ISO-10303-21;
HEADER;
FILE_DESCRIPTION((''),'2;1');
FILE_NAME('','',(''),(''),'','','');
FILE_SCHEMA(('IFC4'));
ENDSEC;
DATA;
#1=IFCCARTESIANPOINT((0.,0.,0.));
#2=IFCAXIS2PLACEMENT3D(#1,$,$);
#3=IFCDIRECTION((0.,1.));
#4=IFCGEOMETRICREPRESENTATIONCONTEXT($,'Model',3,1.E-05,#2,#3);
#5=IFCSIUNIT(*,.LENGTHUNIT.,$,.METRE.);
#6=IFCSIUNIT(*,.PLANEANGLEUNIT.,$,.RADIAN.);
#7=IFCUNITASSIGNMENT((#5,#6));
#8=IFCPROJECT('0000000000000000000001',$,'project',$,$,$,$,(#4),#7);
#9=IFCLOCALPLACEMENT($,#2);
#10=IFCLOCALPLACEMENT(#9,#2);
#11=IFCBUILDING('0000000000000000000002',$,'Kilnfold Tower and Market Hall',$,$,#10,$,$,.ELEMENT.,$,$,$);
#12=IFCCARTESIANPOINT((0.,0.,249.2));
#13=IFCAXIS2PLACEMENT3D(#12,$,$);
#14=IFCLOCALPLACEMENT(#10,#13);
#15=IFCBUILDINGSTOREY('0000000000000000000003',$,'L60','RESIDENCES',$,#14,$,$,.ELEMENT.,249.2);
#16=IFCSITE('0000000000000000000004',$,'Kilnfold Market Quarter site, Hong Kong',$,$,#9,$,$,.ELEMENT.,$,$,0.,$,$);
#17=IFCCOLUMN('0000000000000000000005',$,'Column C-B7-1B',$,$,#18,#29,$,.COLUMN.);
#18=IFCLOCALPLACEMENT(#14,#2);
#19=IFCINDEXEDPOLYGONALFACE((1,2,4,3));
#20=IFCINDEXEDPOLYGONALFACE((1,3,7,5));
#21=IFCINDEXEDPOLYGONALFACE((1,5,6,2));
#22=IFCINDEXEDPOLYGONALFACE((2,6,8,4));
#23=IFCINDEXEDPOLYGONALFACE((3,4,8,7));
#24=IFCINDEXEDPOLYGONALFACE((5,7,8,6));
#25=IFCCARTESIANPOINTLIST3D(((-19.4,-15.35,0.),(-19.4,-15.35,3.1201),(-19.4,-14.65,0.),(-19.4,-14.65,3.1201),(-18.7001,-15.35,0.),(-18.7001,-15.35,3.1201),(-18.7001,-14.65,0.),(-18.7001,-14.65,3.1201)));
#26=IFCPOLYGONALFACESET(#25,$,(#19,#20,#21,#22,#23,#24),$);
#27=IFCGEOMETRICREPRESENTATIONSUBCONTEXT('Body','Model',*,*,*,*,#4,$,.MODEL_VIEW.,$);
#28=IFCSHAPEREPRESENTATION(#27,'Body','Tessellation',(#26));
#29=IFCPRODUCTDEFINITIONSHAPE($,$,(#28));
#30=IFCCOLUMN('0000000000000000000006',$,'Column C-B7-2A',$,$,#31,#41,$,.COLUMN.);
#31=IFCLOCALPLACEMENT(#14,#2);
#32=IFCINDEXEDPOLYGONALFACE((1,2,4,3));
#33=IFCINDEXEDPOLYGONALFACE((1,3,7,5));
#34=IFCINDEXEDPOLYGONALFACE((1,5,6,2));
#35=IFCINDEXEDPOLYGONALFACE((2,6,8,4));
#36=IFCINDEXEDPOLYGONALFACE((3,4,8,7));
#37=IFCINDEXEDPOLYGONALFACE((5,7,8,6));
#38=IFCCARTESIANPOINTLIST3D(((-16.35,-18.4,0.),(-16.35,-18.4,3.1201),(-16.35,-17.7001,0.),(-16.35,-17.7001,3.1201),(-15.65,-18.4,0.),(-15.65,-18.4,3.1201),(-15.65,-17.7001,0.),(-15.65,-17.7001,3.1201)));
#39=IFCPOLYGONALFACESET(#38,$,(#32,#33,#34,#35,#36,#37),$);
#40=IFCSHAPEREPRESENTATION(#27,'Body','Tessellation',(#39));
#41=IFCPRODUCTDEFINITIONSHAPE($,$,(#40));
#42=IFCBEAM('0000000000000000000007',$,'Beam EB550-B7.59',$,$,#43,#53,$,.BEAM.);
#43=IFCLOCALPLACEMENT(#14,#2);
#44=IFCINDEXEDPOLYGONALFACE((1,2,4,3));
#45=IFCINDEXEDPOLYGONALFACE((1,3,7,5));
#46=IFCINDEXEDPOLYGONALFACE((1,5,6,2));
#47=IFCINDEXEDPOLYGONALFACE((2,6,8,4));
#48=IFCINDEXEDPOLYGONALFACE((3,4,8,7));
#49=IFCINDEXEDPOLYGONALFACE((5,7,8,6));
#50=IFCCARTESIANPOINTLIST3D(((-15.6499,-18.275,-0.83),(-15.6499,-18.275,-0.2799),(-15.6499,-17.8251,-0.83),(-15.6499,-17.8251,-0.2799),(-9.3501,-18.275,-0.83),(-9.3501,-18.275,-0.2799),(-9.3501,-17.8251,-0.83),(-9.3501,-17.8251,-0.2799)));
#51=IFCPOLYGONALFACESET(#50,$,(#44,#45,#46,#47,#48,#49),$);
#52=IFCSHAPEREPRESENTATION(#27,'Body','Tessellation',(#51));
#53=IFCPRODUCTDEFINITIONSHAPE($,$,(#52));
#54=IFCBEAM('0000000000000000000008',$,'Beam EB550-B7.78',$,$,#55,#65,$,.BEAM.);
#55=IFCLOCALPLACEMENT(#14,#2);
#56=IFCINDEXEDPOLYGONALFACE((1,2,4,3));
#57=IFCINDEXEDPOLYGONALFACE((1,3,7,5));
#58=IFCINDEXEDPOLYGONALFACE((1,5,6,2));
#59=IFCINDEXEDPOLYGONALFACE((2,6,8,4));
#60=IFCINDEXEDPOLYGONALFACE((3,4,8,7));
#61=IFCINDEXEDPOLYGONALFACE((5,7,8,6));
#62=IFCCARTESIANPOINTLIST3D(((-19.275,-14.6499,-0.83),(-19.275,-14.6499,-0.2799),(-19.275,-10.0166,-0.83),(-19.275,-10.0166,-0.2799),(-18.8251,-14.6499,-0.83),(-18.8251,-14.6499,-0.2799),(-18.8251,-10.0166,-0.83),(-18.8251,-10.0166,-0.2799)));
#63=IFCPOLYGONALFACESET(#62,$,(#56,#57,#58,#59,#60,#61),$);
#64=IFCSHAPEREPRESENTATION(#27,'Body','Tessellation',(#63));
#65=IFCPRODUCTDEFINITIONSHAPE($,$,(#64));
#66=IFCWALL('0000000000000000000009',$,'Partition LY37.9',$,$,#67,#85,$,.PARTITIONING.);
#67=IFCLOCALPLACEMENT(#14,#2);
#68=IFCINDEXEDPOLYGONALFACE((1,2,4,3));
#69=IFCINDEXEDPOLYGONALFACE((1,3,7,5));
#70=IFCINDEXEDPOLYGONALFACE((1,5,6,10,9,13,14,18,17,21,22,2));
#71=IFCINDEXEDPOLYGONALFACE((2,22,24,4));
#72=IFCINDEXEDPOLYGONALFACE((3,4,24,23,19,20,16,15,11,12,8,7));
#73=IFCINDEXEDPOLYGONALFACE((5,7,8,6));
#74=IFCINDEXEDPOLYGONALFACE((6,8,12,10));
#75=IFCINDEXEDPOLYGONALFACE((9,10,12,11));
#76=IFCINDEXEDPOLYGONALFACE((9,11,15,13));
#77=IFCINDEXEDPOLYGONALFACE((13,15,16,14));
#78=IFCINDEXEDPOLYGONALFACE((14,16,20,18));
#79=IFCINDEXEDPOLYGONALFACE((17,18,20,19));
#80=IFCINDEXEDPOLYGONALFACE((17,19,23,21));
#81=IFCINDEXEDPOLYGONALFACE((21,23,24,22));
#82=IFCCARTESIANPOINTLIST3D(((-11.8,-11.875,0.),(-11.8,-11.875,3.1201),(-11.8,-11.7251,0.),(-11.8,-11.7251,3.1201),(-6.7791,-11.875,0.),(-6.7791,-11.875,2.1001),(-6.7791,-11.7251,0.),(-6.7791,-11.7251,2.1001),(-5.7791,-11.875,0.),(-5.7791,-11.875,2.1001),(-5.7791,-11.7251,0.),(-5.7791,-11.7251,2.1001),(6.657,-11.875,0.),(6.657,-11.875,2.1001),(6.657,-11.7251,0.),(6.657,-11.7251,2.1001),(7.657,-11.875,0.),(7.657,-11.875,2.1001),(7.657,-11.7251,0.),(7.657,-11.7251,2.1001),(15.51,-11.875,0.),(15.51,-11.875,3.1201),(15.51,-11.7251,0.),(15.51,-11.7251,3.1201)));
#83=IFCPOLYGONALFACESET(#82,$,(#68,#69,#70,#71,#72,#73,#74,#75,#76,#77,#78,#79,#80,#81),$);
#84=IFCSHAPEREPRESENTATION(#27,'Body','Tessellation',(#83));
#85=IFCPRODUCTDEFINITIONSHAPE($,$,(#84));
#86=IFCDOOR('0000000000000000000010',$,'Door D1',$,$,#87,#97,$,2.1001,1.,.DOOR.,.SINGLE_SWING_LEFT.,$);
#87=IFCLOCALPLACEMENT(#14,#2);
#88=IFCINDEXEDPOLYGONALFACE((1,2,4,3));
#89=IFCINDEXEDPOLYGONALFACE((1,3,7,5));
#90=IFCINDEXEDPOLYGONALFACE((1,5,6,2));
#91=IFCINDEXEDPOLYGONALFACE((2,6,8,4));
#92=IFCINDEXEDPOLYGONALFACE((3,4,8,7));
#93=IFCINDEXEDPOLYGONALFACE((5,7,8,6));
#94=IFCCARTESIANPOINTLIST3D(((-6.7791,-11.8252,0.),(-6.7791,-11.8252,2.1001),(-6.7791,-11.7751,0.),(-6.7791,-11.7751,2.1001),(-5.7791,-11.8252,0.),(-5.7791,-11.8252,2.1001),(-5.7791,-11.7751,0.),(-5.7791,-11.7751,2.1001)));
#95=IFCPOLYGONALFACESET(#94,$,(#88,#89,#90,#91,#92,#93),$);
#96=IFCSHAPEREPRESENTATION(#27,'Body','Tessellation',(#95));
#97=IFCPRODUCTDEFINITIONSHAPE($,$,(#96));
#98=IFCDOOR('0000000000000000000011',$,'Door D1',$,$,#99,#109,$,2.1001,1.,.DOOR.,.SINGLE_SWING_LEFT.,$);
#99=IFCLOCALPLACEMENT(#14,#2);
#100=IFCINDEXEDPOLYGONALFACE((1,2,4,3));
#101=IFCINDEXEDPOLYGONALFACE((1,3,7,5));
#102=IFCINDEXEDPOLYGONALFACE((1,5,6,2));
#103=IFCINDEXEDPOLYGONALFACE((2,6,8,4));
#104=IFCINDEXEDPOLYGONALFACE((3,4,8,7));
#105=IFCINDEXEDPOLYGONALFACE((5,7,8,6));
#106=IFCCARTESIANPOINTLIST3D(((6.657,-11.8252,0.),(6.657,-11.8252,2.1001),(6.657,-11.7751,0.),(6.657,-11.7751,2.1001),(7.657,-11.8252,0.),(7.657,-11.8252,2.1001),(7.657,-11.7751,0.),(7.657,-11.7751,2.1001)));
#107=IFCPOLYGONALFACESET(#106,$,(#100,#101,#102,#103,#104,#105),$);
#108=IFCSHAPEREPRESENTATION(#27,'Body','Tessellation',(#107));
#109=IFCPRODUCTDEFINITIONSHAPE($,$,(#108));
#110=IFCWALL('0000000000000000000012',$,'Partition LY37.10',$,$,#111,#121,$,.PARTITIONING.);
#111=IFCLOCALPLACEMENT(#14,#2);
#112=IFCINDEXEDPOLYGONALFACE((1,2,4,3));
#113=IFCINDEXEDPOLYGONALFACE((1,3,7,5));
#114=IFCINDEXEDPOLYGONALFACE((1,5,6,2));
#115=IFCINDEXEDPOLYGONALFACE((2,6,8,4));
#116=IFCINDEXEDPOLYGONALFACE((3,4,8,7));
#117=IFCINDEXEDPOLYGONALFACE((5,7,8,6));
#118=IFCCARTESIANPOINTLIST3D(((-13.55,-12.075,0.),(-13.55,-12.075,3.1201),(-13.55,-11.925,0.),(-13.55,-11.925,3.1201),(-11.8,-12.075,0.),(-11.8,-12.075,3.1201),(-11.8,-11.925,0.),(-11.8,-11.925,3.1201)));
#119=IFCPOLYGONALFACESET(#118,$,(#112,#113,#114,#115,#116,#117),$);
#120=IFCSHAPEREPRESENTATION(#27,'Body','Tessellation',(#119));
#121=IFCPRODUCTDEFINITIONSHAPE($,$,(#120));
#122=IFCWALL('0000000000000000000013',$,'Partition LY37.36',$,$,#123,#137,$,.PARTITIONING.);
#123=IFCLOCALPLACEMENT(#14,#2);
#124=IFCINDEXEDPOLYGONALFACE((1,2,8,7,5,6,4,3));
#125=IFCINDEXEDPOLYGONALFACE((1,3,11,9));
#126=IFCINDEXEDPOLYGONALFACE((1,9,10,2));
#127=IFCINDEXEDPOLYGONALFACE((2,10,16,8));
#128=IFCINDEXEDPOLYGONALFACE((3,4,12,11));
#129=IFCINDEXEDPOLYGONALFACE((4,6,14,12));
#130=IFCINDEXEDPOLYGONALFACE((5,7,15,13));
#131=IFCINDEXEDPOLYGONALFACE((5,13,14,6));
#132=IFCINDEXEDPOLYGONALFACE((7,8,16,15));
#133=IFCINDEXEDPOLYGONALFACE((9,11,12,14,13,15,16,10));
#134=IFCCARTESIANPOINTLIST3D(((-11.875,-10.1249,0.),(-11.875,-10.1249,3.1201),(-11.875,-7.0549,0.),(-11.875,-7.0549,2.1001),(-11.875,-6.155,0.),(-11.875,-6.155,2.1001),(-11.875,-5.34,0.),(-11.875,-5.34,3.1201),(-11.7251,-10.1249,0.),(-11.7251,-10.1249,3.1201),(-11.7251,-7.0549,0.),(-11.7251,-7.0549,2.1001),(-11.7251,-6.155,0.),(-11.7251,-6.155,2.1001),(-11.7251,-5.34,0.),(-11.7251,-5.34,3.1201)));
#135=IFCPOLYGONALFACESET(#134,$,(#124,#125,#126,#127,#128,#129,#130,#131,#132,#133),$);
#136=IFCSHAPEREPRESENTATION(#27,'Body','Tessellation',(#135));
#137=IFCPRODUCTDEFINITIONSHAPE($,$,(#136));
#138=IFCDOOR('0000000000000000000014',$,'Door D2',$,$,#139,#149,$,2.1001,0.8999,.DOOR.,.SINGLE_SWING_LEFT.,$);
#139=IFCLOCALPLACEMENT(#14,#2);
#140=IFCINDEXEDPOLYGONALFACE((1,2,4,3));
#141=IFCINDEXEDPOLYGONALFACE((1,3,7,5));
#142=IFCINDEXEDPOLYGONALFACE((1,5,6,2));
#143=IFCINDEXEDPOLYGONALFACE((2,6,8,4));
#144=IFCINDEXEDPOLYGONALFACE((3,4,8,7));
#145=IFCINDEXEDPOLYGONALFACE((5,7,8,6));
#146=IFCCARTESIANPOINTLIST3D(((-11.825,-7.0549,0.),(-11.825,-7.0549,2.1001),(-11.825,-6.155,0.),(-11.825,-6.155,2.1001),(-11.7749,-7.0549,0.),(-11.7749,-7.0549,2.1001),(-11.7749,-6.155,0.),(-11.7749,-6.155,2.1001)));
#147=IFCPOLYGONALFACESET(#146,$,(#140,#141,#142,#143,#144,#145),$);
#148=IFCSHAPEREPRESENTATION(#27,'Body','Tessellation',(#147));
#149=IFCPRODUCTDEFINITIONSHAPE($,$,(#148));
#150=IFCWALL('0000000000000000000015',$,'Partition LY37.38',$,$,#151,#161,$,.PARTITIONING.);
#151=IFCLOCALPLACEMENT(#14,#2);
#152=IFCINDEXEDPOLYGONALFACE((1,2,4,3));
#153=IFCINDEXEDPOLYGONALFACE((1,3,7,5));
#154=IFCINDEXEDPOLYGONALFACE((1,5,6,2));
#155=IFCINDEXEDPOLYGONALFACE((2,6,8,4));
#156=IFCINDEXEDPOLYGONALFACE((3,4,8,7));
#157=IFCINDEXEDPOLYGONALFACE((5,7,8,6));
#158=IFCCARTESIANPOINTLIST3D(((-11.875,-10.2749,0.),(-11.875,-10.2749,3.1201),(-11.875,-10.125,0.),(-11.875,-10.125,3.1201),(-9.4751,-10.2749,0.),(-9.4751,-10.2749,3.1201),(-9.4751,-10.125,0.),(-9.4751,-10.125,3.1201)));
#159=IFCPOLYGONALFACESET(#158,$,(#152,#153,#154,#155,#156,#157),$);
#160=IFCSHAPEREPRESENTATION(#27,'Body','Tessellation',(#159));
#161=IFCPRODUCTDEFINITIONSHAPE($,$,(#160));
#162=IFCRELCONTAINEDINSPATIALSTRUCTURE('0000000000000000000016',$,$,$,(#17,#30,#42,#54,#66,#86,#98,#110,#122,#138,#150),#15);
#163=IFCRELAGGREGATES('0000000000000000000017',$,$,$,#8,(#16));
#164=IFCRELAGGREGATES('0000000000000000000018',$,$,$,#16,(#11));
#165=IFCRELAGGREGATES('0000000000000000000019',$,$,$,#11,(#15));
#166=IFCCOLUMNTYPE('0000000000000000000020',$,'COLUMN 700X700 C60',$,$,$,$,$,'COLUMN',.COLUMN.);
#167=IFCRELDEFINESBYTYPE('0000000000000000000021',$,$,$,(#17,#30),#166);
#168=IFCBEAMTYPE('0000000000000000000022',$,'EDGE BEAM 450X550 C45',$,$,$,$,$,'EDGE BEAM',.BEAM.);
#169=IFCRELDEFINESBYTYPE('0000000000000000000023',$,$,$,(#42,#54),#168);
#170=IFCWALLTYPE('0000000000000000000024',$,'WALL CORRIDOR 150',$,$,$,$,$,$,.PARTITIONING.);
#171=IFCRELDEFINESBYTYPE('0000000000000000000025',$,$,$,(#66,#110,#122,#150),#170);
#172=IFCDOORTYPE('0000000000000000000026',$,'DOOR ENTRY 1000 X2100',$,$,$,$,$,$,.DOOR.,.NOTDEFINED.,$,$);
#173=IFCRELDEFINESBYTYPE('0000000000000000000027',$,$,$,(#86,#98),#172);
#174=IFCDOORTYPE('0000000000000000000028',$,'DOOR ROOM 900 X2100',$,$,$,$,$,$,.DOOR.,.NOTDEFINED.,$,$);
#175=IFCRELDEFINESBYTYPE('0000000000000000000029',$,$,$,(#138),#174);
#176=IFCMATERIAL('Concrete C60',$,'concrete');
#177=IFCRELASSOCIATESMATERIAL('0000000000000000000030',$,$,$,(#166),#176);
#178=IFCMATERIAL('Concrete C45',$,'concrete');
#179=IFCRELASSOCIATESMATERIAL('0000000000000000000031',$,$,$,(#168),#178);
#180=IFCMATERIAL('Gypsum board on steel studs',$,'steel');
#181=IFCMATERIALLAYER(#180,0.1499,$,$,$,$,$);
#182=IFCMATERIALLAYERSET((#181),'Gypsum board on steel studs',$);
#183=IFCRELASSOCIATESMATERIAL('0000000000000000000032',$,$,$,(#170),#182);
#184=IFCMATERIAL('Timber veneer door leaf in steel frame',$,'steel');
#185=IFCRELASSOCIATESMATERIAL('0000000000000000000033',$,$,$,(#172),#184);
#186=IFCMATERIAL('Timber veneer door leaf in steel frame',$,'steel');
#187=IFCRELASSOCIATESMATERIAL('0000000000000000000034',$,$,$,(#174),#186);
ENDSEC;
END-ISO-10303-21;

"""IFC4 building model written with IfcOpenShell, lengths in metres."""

from ifc_helpers import new_model, si_unit, direction, frame, frame_2d, origin, origin_2d, place, context, subcontext, project, spatial, rectangle, extrude, source, transform, mapped, material, layer, layer_set, material_profile, profile_set, type_object, element, fill, save


model = new_model("IFC4")

# Units and contexts
model_context = context("Model", 3, precision=1e-05, world=origin(), true_north=direction((0.0, 1.0)))
body_context = subcontext(model_context, "Body", "Model", "MODEL_VIEW")
ifc_project = project(units=[si_unit("LENGTHUNIT", "METRE"), si_unit("PLANEANGLEUNIT", "RADIAN")], contexts=[model_context])

# Site, building, storey
site_placement = place(None, origin())
site = spatial("IfcSite", under=ifc_project, at=site_placement, Name="Kilnfold Market Quarter site, Hong Kong", CompositionType="ELEMENT", RefElevation=0.0)
building_placement = place(site_placement, origin())
building = spatial("IfcBuilding", under=site, at=building_placement, Name="Kilnfold Tower and Market Hall", CompositionType="ELEMENT")
storey_placement = place(building_placement, frame((0.0, 0.0, 249.2)))
storey = spatial("IfcBuildingStorey", under=building, at=storey_placement, Name="L60", Description="RESIDENCES", CompositionType="ELEMENT", Elevation=249.2)

# Columns
ifc_material_1 = material(Name="Concrete C60", Category="concrete")
ifc_material_profile_1 = material_profile(ifc_material_1, rectangle(XDim=0.7, YDim=0.7, at=origin_2d()), Name="RC 700x700")
ifc_profile_set_1 = profile_set([ifc_material_profile_1], Name="Concrete C60")
column_type = type_object("IfcColumnType", Name="COLUMN 700X700 C60", ElementType="COLUMN", PredefinedType="COLUMN", material=ifc_profile_set_1)
shared_shape_1 = source(origin(), body_context, "Body", "SweptSolid", [
    extrude(rectangle(XDim=0.7, YDim=0.7, at=origin_2d()), origin(), (0.0, 0.0, 1.0), 3.1201),
])
for number, where, z_axis, x_axis, name in (
    (1, (-19.05, -15.0, 0.0), (0.0, 0.0, 1.0), (1.0, 0.0, 0.0), "Column C-B7-1B"),
    (2, (-16.0, -18.05, 0.0), (0.0, 0.0, 1.0), (1.0, 0.0, 0.0), "Column C-B7-2A"),
):
    element("IfcColumn", number, at=place(storey_placement, frame(where, z_axis=z_axis, x_axis=x_axis)), inside=storey, type_object=column_type, Name=name, PredefinedType="COLUMN", context=body_context, shape_type="MappedRepresentation", body=[
        mapped(shared_shape_1, transform((0.0, 0.0, 0.0))),
    ])

# Beams
ifc_material_2 = material(Name="Concrete C45", Category="concrete")
ifc_material_profile_2 = material_profile(ifc_material_2, rectangle(XDim=0.45, YDim=0.55, at=origin_2d()), Name="RC 450x550")
ifc_profile_set_2 = profile_set([ifc_material_profile_2], Name="Concrete C45")
beam_type = type_object("IfcBeamType", Name="EDGE BEAM 450X550 C45", ElementType="EDGE BEAM", PredefinedType="BEAM", material=ifc_profile_set_2)
shared_shape_2 = source(origin(), body_context, "Body", "SweptSolid", [
    extrude(rectangle(XDim=0.45, YDim=0.55, at=origin_2d()), origin(), (0.0, 0.0, 1.0), 6.2998),
])
beam_1_placement = place(storey_placement, frame((-15.6499, -18.05, -0.5549), z_axis=(1.0, 0.0, 0.0), x_axis=(0.0, 1.0, 0.0)))
element("IfcBeam", 3, at=beam_1_placement, inside=storey, type_object=beam_type, Name="Beam EB550-B7.59", PredefinedType="BEAM", context=body_context, shape_type="MappedRepresentation", body=[
    mapped(shared_shape_2, transform((0.0, 0.0, 0.0))),
])
shared_shape_3 = source(origin(), body_context, "Body", "SweptSolid", [
    extrude(rectangle(XDim=0.45, YDim=0.55, at=origin_2d()), origin(), (0.0, 0.0, 1.0), 4.6333),
])
beam_2_placement = place(storey_placement, frame((-19.05, -14.6499, -0.5549), z_axis=(0.0, 1.0, 0.0), x_axis=(-1.0, 0.0, 0.0)))
element("IfcBeam", 4, at=beam_2_placement, inside=storey, type_object=beam_type, Name="Beam EB550-B7.78", PredefinedType="BEAM", context=body_context, shape_type="MappedRepresentation", body=[
    mapped(shared_shape_3, transform((0.0, 0.0, 0.0))),
])

# Wall, openings, doors
ifc_material_3 = material(Name="Gypsum board on steel studs", Category="steel")
ifc_layer_1 = layer(ifc_material_3, 0.1499)
ifc_layer_set_1 = layer_set([ifc_layer_1], Name="Gypsum board on steel studs")
wall_type_1 = type_object("IfcWallType", Name="WALL CORRIDOR 150", PredefinedType="PARTITIONING", material=ifc_layer_set_1)
wall_1_placement = place(storey_placement, frame((-11.8, -11.8, 0.0), z_axis=(0.0, 0.0, 1.0), x_axis=(1.0, 0.0, 0.0)))
wall_1 = element("IfcWall", 5, at=wall_1_placement, inside=storey, type_object=wall_type_1, Name="Partition LY37.9", PredefinedType="PARTITIONING", context=body_context, shape_type="SweptSolid", body=[
    extrude(rectangle(XDim=27.3101, YDim=0.1499, at=frame_2d((13.655, 0.0))), origin(), (0.0, 0.0, 1.0), 3.1201),
])
opening_1_placement = place(wall_1_placement, frame((5.021, 0.0, 0.0)))
opening_1 = element("IfcOpeningElement", 6, at=opening_1_placement, cuts=wall_1, PredefinedType="OPENING", context=body_context, shape_type="SweptSolid", body=[
    extrude(rectangle(XDim=1.0, YDim=2.1001, at=frame_2d((0.5, 1.05))), frame((0.0, 0.085, 0.0), z_axis=(0.0, -1.0, 0.0), x_axis=(1.0, 0.0, 0.0)), (0.0, 0.0, 1.0), 0.1699),
])
opening_2_placement = place(wall_1_placement, frame((18.457, 0.0, 0.0)))
opening_2 = element("IfcOpeningElement", 7, at=opening_2_placement, cuts=wall_1, PredefinedType="OPENING", context=body_context, shape_type="SweptSolid", body=[
    extrude(rectangle(XDim=1.0, YDim=2.1001, at=frame_2d((0.5, 1.05))), frame((0.0, 0.085, 0.0), z_axis=(0.0, -1.0, 0.0), x_axis=(1.0, 0.0, 0.0)), (0.0, 0.0, 1.0), 0.1699),
])
ifc_material_4 = material(Name="Timber veneer door leaf in steel frame", Category="steel")
door_type_1 = type_object("IfcDoorType", Name="DOOR ENTRY 1000 X2100", OperationType="NOTDEFINED", PredefinedType="DOOR", material=ifc_material_4)
door_1_placement = place(opening_1_placement, origin())
door_1 = element("IfcDoor", 8, at=door_1_placement, inside=storey, type_object=door_type_1, Name="Door D1", OperationType="SINGLE_SWING_LEFT", OverallHeight=2.1001, OverallWidth=1.0, PredefinedType="DOOR", context=body_context, shape_type="SweptSolid", body=[
    extrude(rectangle(XDim=1.0, YDim=2.1001, at=frame_2d((0.5, 1.05))), frame((0.0, 0.0249, 0.0), z_axis=(0.0, -1.0, 0.0), x_axis=(1.0, 0.0, 0.0)), (0.0, 0.0, 1.0), 0.05),
])
fill(opening_1, door_1)
door_2_placement = place(opening_2_placement, origin())
door_2 = element("IfcDoor", 9, at=door_2_placement, inside=storey, type_object=door_type_1, Name="Door D1", OperationType="SINGLE_SWING_LEFT", OverallHeight=2.1001, OverallWidth=1.0, PredefinedType="DOOR", context=body_context, shape_type="SweptSolid", body=[
    extrude(rectangle(XDim=1.0, YDim=2.1001, at=frame_2d((0.5, 1.05))), frame((0.0, 0.0249, 0.0), z_axis=(0.0, -1.0, 0.0), x_axis=(1.0, 0.0, 0.0)), (0.0, 0.0, 1.0), 0.05),
])
fill(opening_2, door_2)

# Wall
wall_2_placement = place(storey_placement, frame((-13.55, -12.0, 0.0), z_axis=(0.0, 0.0, 1.0), x_axis=(1.0, 0.0, 0.0)))
element("IfcWall", 10, at=wall_2_placement, inside=storey, type_object=wall_type_1, Name="Partition LY37.10", PredefinedType="PARTITIONING", context=body_context, shape_type="SweptSolid", body=[
    extrude(rectangle(XDim=1.75, YDim=0.1499, at=frame_2d((0.875, 0.0))), origin(), (0.0, 0.0, 1.0), 3.1201),
])

# Wall, opening, door
wall_3_placement = place(storey_placement, frame((-11.8, -10.125, 0.0), z_axis=(0.0, 0.0, 1.0), x_axis=(0.0, 1.0, 0.0)))
wall_3 = element("IfcWall", 11, at=wall_3_placement, inside=storey, type_object=wall_type_1, Name="Partition LY37.36", PredefinedType="PARTITIONING", context=body_context, shape_type="SweptSolid", body=[
    extrude(rectangle(XDim=4.7849, YDim=0.1499, at=frame_2d((2.3926, 0.0))), origin(), (0.0, 0.0, 1.0), 3.1201),
])
opening_3_placement = place(wall_3_placement, frame((3.0701, 0.0, 0.0)))
opening_3 = element("IfcOpeningElement", 12, at=opening_3_placement, cuts=wall_3, PredefinedType="OPENING", context=body_context, shape_type="SweptSolid", body=[
    extrude(rectangle(XDim=0.8999, YDim=2.1001, at=frame_2d((0.45, 1.05))), frame((0.0, 0.085, 0.0), z_axis=(0.0, -1.0, 0.0), x_axis=(1.0, 0.0, 0.0)), (0.0, 0.0, 1.0), 0.1699),
])
ifc_material_5 = material(Name="Timber veneer door leaf in steel frame", Category="steel")
door_type_2 = type_object("IfcDoorType", Name="DOOR ROOM 900 X2100", OperationType="NOTDEFINED", PredefinedType="DOOR", material=ifc_material_5)
door_3_placement = place(opening_3_placement, origin())
door_3 = element("IfcDoor", 13, at=door_3_placement, inside=storey, type_object=door_type_2, Name="Door D2", OperationType="SINGLE_SWING_LEFT", OverallHeight=2.1001, OverallWidth=0.8999, PredefinedType="DOOR", context=body_context, shape_type="SweptSolid", body=[
    extrude(rectangle(XDim=0.8999, YDim=2.1001, at=frame_2d((0.45, 1.05))), frame((0.0, 0.0249, 0.0), z_axis=(0.0, -1.0, 0.0), x_axis=(1.0, 0.0, 0.0)), (0.0, 0.0, 1.0), 0.05),
])
fill(opening_3, door_3)

# Wall
wall_4_placement = place(storey_placement, frame((-11.875, -10.2, 0.0), z_axis=(0.0, 0.0, 1.0), x_axis=(1.0, 0.0, 0.0)))
element("IfcWall", 14, at=wall_4_placement, inside=storey, type_object=wall_type_1, Name="Partition LY37.38", PredefinedType="PARTITIONING", context=body_context, shape_type="SweptSolid", body=[
    extrude(rectangle(XDim=2.3999, YDim=0.1499, at=frame_2d((1.2, 0.0))), origin(), (0.0, 0.0, 1.0), 3.1201),
])

save(model, "model.ifc")
